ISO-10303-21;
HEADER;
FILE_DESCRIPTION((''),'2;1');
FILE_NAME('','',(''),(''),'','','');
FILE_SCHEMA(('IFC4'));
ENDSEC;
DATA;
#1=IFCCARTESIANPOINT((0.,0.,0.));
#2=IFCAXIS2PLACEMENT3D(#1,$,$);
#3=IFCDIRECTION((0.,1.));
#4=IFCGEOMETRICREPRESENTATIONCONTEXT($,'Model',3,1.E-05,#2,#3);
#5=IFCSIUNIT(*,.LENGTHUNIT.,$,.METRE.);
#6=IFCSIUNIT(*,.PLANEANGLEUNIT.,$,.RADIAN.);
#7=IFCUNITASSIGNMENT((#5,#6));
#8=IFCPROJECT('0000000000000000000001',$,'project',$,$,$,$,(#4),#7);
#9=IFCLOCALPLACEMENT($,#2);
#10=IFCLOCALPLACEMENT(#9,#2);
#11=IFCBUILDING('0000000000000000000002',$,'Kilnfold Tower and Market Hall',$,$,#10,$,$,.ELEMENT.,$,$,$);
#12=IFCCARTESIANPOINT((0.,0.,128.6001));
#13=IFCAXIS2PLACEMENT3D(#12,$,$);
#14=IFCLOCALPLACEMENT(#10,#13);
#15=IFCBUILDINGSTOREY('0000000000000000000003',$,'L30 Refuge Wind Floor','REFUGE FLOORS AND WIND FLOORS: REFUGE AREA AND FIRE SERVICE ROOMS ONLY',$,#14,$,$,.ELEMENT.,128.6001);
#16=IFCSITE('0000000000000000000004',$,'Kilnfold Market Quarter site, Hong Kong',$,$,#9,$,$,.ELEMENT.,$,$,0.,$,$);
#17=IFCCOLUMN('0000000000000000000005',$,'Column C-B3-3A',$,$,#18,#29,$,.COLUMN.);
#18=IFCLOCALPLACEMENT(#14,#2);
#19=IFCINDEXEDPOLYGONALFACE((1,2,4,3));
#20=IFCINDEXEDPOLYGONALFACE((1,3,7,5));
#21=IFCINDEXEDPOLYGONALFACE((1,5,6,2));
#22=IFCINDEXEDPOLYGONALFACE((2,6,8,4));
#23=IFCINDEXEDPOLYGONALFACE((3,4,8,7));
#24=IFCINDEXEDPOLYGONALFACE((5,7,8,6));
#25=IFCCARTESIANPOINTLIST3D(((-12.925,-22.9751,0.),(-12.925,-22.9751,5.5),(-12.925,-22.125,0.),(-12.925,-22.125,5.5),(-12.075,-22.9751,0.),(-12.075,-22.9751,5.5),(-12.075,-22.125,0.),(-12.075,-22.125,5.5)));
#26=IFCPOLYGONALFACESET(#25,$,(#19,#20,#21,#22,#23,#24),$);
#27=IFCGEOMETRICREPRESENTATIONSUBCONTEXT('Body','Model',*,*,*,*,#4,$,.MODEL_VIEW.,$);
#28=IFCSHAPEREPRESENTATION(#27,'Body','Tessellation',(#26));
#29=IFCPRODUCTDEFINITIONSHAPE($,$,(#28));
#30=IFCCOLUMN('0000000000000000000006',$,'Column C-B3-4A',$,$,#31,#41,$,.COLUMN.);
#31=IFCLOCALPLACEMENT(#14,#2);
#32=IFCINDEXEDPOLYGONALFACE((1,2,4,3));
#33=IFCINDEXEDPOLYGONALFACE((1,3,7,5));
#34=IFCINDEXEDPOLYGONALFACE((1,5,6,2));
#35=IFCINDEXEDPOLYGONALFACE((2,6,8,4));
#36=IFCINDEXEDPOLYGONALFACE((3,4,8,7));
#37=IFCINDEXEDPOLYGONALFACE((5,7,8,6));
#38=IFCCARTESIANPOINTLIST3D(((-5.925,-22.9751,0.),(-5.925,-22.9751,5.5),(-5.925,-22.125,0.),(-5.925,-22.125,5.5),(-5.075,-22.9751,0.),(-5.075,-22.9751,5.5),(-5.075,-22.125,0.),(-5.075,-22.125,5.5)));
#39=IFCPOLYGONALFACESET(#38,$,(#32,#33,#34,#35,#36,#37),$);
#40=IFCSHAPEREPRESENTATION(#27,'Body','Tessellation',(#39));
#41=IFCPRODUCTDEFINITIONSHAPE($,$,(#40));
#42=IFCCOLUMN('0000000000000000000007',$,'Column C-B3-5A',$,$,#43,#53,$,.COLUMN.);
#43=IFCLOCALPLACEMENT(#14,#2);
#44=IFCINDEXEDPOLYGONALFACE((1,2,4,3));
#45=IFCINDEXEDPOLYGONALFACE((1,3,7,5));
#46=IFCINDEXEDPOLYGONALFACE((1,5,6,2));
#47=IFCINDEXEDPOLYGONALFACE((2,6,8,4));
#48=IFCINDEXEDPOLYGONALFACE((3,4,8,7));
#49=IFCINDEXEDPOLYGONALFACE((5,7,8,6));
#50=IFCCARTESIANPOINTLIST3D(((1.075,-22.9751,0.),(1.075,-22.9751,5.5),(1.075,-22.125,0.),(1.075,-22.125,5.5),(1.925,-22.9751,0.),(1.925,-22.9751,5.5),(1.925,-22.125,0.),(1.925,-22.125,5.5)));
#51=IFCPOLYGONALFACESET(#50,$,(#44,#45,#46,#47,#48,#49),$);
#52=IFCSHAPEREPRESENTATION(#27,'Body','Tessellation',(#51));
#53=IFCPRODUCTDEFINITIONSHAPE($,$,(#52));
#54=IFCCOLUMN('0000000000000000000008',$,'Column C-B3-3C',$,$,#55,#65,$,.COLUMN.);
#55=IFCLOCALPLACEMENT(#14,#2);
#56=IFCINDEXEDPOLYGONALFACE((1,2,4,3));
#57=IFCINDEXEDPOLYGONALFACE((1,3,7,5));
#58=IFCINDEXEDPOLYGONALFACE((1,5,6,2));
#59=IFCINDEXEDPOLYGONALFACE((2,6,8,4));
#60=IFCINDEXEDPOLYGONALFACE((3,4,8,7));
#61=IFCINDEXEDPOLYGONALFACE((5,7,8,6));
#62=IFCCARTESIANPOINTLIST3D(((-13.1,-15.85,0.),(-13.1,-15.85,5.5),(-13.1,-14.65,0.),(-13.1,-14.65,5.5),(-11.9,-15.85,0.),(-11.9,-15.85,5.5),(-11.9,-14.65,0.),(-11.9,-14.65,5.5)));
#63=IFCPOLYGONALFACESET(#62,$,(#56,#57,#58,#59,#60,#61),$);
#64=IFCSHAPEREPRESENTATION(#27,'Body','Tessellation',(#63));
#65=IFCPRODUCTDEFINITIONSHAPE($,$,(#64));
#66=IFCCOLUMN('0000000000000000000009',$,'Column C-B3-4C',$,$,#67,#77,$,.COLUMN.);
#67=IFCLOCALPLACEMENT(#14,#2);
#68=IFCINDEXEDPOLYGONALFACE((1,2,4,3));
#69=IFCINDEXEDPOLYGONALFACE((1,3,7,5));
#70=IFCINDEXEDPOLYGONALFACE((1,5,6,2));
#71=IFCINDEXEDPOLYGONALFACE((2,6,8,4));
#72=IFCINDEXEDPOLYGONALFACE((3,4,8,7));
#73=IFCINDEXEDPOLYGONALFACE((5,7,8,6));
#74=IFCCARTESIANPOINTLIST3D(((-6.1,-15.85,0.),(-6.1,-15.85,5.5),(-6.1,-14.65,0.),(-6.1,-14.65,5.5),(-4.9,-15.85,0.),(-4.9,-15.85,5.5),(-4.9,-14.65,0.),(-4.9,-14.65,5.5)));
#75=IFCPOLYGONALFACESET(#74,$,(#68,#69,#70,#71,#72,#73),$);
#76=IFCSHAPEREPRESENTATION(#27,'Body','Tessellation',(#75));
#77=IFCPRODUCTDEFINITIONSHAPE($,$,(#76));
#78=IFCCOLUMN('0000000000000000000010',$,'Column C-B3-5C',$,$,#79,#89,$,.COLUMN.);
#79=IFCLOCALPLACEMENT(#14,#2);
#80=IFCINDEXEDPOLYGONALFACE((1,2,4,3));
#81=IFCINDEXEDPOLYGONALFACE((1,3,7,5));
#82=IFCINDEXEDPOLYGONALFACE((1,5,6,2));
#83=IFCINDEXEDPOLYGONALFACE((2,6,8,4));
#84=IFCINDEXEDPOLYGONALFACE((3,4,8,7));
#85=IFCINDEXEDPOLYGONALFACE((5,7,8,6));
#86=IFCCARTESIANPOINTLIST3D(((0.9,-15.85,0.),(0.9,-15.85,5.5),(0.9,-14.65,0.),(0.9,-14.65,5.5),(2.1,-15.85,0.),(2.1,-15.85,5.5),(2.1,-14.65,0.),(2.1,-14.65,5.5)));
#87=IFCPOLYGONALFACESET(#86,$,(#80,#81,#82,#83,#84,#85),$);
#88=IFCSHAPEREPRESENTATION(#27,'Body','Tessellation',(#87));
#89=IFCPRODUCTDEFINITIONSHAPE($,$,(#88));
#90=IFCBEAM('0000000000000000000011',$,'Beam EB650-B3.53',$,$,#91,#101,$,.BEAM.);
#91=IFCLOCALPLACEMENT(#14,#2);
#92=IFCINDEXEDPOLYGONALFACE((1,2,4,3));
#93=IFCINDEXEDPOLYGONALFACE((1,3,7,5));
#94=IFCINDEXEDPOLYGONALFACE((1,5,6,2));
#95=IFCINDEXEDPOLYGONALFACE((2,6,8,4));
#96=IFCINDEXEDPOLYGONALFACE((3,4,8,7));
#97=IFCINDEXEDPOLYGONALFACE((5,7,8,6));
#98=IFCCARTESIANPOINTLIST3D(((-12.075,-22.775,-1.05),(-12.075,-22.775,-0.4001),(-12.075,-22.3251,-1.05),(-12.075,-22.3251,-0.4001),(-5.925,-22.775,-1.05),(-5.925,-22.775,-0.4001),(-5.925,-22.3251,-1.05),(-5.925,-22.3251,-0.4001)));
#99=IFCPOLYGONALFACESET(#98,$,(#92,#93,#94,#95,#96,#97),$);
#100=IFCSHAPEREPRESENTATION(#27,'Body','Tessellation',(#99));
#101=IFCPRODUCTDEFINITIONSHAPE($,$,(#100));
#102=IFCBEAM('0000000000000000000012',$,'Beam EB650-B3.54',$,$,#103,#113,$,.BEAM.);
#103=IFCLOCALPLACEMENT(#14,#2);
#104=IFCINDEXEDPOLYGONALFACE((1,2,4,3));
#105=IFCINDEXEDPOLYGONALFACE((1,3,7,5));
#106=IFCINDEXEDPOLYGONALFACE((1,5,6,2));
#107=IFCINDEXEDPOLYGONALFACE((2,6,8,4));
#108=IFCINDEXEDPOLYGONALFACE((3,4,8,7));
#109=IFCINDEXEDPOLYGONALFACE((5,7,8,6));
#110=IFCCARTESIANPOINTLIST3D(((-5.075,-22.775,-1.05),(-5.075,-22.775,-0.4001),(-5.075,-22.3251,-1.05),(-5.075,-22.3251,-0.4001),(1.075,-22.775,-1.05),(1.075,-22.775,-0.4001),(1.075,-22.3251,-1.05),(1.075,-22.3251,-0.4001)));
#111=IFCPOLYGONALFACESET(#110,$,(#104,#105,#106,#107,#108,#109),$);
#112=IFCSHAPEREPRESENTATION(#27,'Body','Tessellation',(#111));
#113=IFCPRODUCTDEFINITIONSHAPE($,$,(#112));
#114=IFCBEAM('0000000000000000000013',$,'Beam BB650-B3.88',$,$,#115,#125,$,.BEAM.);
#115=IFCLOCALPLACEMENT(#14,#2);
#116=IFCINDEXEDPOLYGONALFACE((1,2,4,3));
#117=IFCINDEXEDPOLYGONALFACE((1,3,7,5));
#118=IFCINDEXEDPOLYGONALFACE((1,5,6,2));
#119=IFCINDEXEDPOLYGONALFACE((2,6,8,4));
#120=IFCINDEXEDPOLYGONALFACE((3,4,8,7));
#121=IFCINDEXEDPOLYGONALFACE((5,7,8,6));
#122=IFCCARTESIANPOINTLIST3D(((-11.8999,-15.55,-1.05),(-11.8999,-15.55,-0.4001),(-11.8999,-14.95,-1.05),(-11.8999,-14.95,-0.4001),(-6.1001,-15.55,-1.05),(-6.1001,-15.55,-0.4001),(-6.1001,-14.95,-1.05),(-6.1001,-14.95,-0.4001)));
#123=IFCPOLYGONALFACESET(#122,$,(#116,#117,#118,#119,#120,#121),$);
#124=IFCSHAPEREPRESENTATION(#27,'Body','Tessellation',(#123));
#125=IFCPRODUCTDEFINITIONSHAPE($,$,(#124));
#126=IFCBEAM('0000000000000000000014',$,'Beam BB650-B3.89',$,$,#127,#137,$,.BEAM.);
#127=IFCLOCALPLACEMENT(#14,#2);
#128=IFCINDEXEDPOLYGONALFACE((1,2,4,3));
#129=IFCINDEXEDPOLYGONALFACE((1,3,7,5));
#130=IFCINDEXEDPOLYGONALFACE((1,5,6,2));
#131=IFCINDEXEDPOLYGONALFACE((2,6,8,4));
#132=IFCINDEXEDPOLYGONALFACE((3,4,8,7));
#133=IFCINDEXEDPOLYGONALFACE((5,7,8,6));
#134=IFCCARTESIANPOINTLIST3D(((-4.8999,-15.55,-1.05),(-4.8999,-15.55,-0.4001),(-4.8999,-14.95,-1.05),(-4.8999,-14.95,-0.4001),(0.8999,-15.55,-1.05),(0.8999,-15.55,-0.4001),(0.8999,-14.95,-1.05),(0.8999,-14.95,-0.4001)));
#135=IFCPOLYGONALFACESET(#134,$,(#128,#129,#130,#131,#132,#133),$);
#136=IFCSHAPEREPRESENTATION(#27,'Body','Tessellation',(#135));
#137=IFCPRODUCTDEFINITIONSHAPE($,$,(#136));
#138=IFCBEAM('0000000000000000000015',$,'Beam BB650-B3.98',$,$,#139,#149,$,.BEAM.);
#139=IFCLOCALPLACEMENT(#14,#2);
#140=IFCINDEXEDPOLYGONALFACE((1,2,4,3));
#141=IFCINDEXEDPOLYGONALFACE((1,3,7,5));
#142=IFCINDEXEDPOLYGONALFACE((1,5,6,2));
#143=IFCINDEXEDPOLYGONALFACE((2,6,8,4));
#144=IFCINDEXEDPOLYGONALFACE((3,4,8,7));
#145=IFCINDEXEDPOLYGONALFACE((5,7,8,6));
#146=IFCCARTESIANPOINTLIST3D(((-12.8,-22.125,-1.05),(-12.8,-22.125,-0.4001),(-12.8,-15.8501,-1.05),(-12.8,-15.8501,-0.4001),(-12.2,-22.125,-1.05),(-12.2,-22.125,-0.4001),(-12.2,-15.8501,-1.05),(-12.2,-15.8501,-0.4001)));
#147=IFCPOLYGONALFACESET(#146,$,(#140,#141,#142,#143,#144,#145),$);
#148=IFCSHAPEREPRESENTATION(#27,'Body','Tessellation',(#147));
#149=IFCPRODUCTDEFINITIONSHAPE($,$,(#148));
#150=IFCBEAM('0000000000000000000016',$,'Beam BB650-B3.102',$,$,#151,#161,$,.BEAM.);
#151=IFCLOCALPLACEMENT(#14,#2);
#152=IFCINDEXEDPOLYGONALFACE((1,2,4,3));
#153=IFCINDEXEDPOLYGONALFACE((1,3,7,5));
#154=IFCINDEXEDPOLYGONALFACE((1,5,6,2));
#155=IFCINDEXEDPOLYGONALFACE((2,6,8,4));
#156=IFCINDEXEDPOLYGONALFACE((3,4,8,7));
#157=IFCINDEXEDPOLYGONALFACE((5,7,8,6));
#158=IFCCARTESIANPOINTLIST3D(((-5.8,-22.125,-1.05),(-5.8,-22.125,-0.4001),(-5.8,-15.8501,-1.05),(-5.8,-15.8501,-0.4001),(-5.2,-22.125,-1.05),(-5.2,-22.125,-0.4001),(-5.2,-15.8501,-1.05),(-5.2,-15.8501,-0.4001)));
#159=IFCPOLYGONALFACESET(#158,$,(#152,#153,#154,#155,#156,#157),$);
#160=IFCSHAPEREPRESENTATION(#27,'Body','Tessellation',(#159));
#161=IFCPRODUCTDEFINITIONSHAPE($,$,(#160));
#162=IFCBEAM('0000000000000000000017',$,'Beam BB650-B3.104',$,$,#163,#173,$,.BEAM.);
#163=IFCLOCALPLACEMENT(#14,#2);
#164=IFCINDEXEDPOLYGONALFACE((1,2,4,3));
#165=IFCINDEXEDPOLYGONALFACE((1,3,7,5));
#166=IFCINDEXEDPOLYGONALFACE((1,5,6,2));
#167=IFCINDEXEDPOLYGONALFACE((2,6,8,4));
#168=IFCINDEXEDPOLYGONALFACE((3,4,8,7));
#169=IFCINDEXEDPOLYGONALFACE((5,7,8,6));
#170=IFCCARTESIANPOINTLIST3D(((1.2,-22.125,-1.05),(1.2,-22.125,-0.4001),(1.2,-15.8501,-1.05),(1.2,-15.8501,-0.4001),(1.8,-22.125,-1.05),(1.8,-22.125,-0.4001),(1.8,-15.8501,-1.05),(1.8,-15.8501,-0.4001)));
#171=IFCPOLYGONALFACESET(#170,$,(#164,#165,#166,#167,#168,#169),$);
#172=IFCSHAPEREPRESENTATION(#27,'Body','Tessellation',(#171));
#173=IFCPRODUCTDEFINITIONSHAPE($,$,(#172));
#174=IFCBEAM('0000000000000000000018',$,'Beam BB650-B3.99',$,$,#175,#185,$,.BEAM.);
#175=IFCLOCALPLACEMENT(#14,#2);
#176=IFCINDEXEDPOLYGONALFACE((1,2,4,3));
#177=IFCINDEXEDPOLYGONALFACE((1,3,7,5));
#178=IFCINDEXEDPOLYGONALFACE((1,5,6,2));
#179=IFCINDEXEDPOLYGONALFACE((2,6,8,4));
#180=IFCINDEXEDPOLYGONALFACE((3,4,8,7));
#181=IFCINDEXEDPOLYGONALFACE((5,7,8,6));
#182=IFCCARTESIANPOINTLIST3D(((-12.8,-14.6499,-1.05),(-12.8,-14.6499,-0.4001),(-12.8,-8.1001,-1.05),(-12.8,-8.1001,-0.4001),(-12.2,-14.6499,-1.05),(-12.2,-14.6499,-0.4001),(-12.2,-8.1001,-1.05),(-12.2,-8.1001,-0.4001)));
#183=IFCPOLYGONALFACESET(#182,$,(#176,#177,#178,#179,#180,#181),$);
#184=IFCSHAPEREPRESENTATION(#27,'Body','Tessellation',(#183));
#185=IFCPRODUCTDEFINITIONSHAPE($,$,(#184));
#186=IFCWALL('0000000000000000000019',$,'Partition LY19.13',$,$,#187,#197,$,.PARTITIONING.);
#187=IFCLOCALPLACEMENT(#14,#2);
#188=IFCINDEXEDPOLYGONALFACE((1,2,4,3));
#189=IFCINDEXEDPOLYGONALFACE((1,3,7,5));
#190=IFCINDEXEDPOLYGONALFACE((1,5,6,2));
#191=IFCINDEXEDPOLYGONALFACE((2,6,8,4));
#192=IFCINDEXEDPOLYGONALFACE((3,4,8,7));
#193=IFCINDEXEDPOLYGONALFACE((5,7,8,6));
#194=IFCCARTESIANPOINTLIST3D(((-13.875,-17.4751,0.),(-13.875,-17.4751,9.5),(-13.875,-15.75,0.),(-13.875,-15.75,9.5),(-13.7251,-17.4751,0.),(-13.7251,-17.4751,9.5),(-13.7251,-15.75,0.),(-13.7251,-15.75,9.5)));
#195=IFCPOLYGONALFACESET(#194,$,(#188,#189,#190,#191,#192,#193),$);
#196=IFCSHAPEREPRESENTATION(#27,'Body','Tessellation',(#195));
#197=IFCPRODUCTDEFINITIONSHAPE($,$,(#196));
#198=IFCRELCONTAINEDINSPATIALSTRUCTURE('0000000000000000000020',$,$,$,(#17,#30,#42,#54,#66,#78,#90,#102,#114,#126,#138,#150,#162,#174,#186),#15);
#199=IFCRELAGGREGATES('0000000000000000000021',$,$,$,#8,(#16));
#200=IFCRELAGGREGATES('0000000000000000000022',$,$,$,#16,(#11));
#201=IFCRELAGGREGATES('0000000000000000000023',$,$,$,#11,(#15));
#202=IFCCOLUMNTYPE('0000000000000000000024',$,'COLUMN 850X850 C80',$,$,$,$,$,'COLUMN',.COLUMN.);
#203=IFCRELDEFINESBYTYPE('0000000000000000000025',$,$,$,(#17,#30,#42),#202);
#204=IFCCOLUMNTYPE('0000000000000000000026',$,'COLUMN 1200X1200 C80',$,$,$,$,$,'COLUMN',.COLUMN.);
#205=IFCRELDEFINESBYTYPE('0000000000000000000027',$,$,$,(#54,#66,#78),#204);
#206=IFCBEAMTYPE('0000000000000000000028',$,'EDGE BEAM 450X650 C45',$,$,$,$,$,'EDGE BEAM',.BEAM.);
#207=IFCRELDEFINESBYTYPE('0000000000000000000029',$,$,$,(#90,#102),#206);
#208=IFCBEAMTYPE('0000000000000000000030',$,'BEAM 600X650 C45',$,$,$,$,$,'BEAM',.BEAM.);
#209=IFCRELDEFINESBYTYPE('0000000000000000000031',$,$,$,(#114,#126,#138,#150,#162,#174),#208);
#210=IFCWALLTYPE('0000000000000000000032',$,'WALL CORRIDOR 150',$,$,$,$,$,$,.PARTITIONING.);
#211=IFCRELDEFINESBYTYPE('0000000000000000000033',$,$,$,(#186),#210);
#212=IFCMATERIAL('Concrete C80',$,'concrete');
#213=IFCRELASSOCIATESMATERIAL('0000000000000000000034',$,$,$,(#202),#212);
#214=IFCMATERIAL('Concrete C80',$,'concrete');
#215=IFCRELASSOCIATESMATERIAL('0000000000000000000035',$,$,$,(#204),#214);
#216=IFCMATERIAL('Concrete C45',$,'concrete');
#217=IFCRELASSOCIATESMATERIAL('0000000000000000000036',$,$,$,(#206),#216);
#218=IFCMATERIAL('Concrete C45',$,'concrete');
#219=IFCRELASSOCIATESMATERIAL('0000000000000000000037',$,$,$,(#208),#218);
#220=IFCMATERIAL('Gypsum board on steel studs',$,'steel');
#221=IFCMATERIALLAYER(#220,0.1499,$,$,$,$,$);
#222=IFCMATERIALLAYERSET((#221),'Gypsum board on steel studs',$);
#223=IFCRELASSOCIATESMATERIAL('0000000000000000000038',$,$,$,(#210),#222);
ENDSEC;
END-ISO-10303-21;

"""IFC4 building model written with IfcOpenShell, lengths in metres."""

from ifc_helpers import new_model, si_unit, direction, frame, frame_2d, origin, origin_2d, place, context, subcontext, project, spatial, rectangle, extrude, source, transform, mapped, material, layer, layer_set, material_profile, profile_set, type_object, element, save


model = new_model("IFC4")

# Units and contexts
model_context = context("Model", 3, precision=1e-05, world=origin(), true_north=direction((0.0, 1.0)))
body_context = subcontext(model_context, "Body", "Model", "MODEL_VIEW")
ifc_project = project(units=[si_unit("LENGTHUNIT", "METRE"), si_unit("PLANEANGLEUNIT", "RADIAN")], contexts=[model_context])

# Site, building, storey
site_placement = place(None, origin())
site = spatial("IfcSite", under=ifc_project, at=site_placement, Name="Kilnfold Market Quarter site, Hong Kong", CompositionType="ELEMENT", RefElevation=0.0)
building_placement = place(site_placement, origin())
building = spatial("IfcBuilding", under=site, at=building_placement, Name="Kilnfold Tower and Market Hall", CompositionType="ELEMENT")
storey_placement = place(building_placement, frame((0.0, 0.0, 128.6001)))
storey = spatial("IfcBuildingStorey", under=building, at=storey_placement, Name="L30 Refuge Wind Floor", Description="REFUGE FLOORS AND WIND FLOORS: REFUGE AREA AND FIRE SERVICE ROOMS ONLY", CompositionType="ELEMENT", Elevation=128.6001)

# Columns
ifc_material_1 = material(Name="Concrete C80", Category="concrete")
ifc_material_profile_1 = material_profile(ifc_material_1, rectangle(XDim=0.8501, YDim=0.8501, at=origin_2d()), Name="RC 850x850")
ifc_profile_set_1 = profile_set([ifc_material_profile_1], Name="Concrete C80")
column_type_1 = type_object("IfcColumnType", Name="COLUMN 850X850 C80", ElementType="COLUMN", PredefinedType="COLUMN", material=ifc_profile_set_1)
shared_shape_1 = source(origin(), body_context, "Body", "SweptSolid", [
    extrude(rectangle(XDim=0.8501, YDim=0.8501, at=origin_2d()), origin(), (0.0, 0.0, 1.0), 5.5),
])
for number, where, z_axis, x_axis, name in (
    (1, (-12.5, -22.55, 0.0), (0.0, 0.0, 1.0), (1.0, 0.0, 0.0), "Column C-B3-3A"),
    (2, (-5.5, -22.55, 0.0), (0.0, 0.0, 1.0), (1.0, 0.0, 0.0), "Column C-B3-4A"),
    (3, (1.5, -22.55, 0.0), (0.0, 0.0, 1.0), (1.0, 0.0, 0.0), "Column C-B3-5A"),
):
    element("IfcColumn", number, at=place(storey_placement, frame(where, z_axis=z_axis, x_axis=x_axis)), inside=storey, type_object=column_type_1, Name=name, PredefinedType="COLUMN", context=body_context, shape_type="MappedRepresentation", body=[
        mapped(shared_shape_1, transform((0.0, 0.0, 0.0))),
    ])
ifc_material_2 = material(Name="Concrete C80", Category="concrete")
ifc_material_profile_2 = material_profile(ifc_material_2, rectangle(XDim=1.2, YDim=1.2, at=origin_2d()), Name="RC 1200x1200")
ifc_profile_set_2 = profile_set([ifc_material_profile_2], Name="Concrete C80")
column_type_2 = type_object("IfcColumnType", Name="COLUMN 1200X1200 C80", ElementType="COLUMN", PredefinedType="COLUMN", material=ifc_profile_set_2)
shared_shape_2 = source(origin(), body_context, "Body", "SweptSolid", [
    extrude(rectangle(XDim=1.2, YDim=1.2, at=origin_2d()), origin(), (0.0, 0.0, 1.0), 5.5),
])
for number, where, z_axis, x_axis, name in (
    (4, (-12.5, -15.25, 0.0), (0.0, 0.0, 1.0), (1.0, 0.0, 0.0), "Column C-B3-3C"),
    (5, (-5.5, -15.25, 0.0), (0.0, 0.0, 1.0), (1.0, 0.0, 0.0), "Column C-B3-4C"),
    (6, (1.5, -15.25, 0.0), (0.0, 0.0, 1.0), (1.0, 0.0, 0.0), "Column C-B3-5C"),
):
    element("IfcColumn", number, at=place(storey_placement, frame(where, z_axis=z_axis, x_axis=x_axis)), inside=storey, type_object=column_type_2, Name=name, PredefinedType="COLUMN", context=body_context, shape_type="MappedRepresentation", body=[
        mapped(shared_shape_2, transform((0.0, 0.0, 0.0))),
    ])

# Beams
ifc_material_3 = material(Name="Concrete C45", Category="concrete")
ifc_material_profile_3 = material_profile(ifc_material_3, rectangle(XDim=0.45, YDim=0.6499, at=origin_2d()), Name="RC 450x650")
ifc_profile_set_3 = profile_set([ifc_material_profile_3], Name="Concrete C45")
beam_type_1 = type_object("IfcBeamType", Name="EDGE BEAM 450X650 C45", ElementType="EDGE BEAM", PredefinedType="BEAM", material=ifc_profile_set_3)
shared_shape_3 = source(origin(), body_context, "Body", "SweptSolid", [
    extrude(rectangle(XDim=0.45, YDim=0.6499, at=origin_2d()), origin(), (0.0, 0.0, 1.0), 6.1499),
])
for number, where, z_axis, x_axis, name in (
    (7, (-12.075, -22.55, -0.7251), (1.0, 0.0, 0.0), (0.0, 1.0, 0.0), "Beam EB650-B3.53"),
    (8, (-5.075, -22.55, -0.7251), (1.0, 0.0, 0.0), (0.0, 1.0, 0.0), "Beam EB650-B3.54"),
):
    element("IfcBeam", number, at=place(storey_placement, frame(where, z_axis=z_axis, x_axis=x_axis)), inside=storey, type_object=beam_type_1, Name=name, PredefinedType="BEAM", context=body_context, shape_type="MappedRepresentation", body=[
        mapped(shared_shape_3, transform((0.0, 0.0, 0.0))),
    ])
ifc_material_4 = material(Name="Concrete C45", Category="concrete")
ifc_material_profile_4 = material_profile(ifc_material_4, rectangle(XDim=0.6001, YDim=0.6499, at=origin_2d()), Name="RC 600x650")
ifc_profile_set_4 = profile_set([ifc_material_profile_4], Name="Concrete C45")
beam_type_2 = type_object("IfcBeamType", Name="BEAM 600X650 C45", ElementType="BEAM", PredefinedType="BEAM", material=ifc_profile_set_4)
shared_shape_4 = source(origin(), body_context, "Body", "SweptSolid", [
    extrude(rectangle(XDim=0.6001, YDim=0.6499, at=origin_2d()), origin(), (0.0, 0.0, 1.0), 5.7998),
])
for number, where, z_axis, x_axis, name in (
    (9, (-11.8999, -15.25, -0.7251), (1.0, 0.0, 0.0), (0.0, 1.0, 0.0), "Beam BB650-B3.88"),
    (10, (-4.8999, -15.25, -0.7251), (1.0, 0.0, 0.0), (0.0, 1.0, 0.0), "Beam BB650-B3.89"),
):
    element("IfcBeam", number, at=place(storey_placement, frame(where, z_axis=z_axis, x_axis=x_axis)), inside=storey, type_object=beam_type_2, Name=name, PredefinedType="BEAM", context=body_context, shape_type="MappedRepresentation", body=[
        mapped(shared_shape_4, transform((0.0, 0.0, 0.0))),
    ])
shared_shape_5 = source(origin(), body_context, "Body", "SweptSolid", [
    extrude(rectangle(XDim=0.6001, YDim=0.6499, at=origin_2d()), origin(), (0.0, 0.0, 1.0), 6.2749),
])
for number, where, z_axis, x_axis, name in (
    (11, (-12.5, -22.125, -0.7251), (0.0, 1.0, 0.0), (-1.0, 0.0, 0.0), "Beam BB650-B3.98"),
    (12, (-5.5, -22.125, -0.7251), (0.0, 1.0, 0.0), (-1.0, 0.0, 0.0), "Beam BB650-B3.102"),
    (13, (1.5, -22.125, -0.7251), (0.0, 1.0, 0.0), (-1.0, 0.0, 0.0), "Beam BB650-B3.104"),
):
    element("IfcBeam", number, at=place(storey_placement, frame(where, z_axis=z_axis, x_axis=x_axis)), inside=storey, type_object=beam_type_2, Name=name, PredefinedType="BEAM", context=body_context, shape_type="MappedRepresentation", body=[
        mapped(shared_shape_5, transform((0.0, 0.0, 0.0))),
    ])
shared_shape_6 = source(origin(), body_context, "Body", "SweptSolid", [
    extrude(rectangle(XDim=0.6001, YDim=0.6499, at=origin_2d()), origin(), (0.0, 0.0, 1.0), 6.5498),
])
beam_placement = place(storey_placement, frame((-12.5, -14.6499, -0.7251), z_axis=(0.0, 1.0, 0.0), x_axis=(-1.0, 0.0, 0.0)))
element("IfcBeam", 14, at=beam_placement, inside=storey, type_object=beam_type_2, Name="Beam BB650-B3.99", PredefinedType="BEAM", context=body_context, shape_type="MappedRepresentation", body=[
    mapped(shared_shape_6, transform((0.0, 0.0, 0.0))),
])

# Wall
ifc_material_5 = material(Name="Gypsum board on steel studs", Category="steel")
ifc_layer_1 = layer(ifc_material_5, 0.1499)
ifc_layer_set_1 = layer_set([ifc_layer_1], Name="Gypsum board on steel studs")
wall_type_1 = type_object("IfcWallType", Name="WALL CORRIDOR 150", PredefinedType="PARTITIONING", material=ifc_layer_set_1)
wall_1_placement = place(storey_placement, frame((-13.8, -17.4751, 0.0), z_axis=(0.0, 0.0, 1.0), x_axis=(0.0, 1.0, 0.0)))
element("IfcWall", 15, at=wall_1_placement, inside=storey, type_object=wall_type_1, Name="Partition LY19.13", PredefinedType="PARTITIONING", context=body_context, shape_type="SweptSolid", body=[
    extrude(rectangle(XDim=1.7251, YDim=0.1499, at=frame_2d((0.8625, 0.0))), origin(), (0.0, 0.0, 1.0), 9.5),
])

save(model, "model.ifc")
